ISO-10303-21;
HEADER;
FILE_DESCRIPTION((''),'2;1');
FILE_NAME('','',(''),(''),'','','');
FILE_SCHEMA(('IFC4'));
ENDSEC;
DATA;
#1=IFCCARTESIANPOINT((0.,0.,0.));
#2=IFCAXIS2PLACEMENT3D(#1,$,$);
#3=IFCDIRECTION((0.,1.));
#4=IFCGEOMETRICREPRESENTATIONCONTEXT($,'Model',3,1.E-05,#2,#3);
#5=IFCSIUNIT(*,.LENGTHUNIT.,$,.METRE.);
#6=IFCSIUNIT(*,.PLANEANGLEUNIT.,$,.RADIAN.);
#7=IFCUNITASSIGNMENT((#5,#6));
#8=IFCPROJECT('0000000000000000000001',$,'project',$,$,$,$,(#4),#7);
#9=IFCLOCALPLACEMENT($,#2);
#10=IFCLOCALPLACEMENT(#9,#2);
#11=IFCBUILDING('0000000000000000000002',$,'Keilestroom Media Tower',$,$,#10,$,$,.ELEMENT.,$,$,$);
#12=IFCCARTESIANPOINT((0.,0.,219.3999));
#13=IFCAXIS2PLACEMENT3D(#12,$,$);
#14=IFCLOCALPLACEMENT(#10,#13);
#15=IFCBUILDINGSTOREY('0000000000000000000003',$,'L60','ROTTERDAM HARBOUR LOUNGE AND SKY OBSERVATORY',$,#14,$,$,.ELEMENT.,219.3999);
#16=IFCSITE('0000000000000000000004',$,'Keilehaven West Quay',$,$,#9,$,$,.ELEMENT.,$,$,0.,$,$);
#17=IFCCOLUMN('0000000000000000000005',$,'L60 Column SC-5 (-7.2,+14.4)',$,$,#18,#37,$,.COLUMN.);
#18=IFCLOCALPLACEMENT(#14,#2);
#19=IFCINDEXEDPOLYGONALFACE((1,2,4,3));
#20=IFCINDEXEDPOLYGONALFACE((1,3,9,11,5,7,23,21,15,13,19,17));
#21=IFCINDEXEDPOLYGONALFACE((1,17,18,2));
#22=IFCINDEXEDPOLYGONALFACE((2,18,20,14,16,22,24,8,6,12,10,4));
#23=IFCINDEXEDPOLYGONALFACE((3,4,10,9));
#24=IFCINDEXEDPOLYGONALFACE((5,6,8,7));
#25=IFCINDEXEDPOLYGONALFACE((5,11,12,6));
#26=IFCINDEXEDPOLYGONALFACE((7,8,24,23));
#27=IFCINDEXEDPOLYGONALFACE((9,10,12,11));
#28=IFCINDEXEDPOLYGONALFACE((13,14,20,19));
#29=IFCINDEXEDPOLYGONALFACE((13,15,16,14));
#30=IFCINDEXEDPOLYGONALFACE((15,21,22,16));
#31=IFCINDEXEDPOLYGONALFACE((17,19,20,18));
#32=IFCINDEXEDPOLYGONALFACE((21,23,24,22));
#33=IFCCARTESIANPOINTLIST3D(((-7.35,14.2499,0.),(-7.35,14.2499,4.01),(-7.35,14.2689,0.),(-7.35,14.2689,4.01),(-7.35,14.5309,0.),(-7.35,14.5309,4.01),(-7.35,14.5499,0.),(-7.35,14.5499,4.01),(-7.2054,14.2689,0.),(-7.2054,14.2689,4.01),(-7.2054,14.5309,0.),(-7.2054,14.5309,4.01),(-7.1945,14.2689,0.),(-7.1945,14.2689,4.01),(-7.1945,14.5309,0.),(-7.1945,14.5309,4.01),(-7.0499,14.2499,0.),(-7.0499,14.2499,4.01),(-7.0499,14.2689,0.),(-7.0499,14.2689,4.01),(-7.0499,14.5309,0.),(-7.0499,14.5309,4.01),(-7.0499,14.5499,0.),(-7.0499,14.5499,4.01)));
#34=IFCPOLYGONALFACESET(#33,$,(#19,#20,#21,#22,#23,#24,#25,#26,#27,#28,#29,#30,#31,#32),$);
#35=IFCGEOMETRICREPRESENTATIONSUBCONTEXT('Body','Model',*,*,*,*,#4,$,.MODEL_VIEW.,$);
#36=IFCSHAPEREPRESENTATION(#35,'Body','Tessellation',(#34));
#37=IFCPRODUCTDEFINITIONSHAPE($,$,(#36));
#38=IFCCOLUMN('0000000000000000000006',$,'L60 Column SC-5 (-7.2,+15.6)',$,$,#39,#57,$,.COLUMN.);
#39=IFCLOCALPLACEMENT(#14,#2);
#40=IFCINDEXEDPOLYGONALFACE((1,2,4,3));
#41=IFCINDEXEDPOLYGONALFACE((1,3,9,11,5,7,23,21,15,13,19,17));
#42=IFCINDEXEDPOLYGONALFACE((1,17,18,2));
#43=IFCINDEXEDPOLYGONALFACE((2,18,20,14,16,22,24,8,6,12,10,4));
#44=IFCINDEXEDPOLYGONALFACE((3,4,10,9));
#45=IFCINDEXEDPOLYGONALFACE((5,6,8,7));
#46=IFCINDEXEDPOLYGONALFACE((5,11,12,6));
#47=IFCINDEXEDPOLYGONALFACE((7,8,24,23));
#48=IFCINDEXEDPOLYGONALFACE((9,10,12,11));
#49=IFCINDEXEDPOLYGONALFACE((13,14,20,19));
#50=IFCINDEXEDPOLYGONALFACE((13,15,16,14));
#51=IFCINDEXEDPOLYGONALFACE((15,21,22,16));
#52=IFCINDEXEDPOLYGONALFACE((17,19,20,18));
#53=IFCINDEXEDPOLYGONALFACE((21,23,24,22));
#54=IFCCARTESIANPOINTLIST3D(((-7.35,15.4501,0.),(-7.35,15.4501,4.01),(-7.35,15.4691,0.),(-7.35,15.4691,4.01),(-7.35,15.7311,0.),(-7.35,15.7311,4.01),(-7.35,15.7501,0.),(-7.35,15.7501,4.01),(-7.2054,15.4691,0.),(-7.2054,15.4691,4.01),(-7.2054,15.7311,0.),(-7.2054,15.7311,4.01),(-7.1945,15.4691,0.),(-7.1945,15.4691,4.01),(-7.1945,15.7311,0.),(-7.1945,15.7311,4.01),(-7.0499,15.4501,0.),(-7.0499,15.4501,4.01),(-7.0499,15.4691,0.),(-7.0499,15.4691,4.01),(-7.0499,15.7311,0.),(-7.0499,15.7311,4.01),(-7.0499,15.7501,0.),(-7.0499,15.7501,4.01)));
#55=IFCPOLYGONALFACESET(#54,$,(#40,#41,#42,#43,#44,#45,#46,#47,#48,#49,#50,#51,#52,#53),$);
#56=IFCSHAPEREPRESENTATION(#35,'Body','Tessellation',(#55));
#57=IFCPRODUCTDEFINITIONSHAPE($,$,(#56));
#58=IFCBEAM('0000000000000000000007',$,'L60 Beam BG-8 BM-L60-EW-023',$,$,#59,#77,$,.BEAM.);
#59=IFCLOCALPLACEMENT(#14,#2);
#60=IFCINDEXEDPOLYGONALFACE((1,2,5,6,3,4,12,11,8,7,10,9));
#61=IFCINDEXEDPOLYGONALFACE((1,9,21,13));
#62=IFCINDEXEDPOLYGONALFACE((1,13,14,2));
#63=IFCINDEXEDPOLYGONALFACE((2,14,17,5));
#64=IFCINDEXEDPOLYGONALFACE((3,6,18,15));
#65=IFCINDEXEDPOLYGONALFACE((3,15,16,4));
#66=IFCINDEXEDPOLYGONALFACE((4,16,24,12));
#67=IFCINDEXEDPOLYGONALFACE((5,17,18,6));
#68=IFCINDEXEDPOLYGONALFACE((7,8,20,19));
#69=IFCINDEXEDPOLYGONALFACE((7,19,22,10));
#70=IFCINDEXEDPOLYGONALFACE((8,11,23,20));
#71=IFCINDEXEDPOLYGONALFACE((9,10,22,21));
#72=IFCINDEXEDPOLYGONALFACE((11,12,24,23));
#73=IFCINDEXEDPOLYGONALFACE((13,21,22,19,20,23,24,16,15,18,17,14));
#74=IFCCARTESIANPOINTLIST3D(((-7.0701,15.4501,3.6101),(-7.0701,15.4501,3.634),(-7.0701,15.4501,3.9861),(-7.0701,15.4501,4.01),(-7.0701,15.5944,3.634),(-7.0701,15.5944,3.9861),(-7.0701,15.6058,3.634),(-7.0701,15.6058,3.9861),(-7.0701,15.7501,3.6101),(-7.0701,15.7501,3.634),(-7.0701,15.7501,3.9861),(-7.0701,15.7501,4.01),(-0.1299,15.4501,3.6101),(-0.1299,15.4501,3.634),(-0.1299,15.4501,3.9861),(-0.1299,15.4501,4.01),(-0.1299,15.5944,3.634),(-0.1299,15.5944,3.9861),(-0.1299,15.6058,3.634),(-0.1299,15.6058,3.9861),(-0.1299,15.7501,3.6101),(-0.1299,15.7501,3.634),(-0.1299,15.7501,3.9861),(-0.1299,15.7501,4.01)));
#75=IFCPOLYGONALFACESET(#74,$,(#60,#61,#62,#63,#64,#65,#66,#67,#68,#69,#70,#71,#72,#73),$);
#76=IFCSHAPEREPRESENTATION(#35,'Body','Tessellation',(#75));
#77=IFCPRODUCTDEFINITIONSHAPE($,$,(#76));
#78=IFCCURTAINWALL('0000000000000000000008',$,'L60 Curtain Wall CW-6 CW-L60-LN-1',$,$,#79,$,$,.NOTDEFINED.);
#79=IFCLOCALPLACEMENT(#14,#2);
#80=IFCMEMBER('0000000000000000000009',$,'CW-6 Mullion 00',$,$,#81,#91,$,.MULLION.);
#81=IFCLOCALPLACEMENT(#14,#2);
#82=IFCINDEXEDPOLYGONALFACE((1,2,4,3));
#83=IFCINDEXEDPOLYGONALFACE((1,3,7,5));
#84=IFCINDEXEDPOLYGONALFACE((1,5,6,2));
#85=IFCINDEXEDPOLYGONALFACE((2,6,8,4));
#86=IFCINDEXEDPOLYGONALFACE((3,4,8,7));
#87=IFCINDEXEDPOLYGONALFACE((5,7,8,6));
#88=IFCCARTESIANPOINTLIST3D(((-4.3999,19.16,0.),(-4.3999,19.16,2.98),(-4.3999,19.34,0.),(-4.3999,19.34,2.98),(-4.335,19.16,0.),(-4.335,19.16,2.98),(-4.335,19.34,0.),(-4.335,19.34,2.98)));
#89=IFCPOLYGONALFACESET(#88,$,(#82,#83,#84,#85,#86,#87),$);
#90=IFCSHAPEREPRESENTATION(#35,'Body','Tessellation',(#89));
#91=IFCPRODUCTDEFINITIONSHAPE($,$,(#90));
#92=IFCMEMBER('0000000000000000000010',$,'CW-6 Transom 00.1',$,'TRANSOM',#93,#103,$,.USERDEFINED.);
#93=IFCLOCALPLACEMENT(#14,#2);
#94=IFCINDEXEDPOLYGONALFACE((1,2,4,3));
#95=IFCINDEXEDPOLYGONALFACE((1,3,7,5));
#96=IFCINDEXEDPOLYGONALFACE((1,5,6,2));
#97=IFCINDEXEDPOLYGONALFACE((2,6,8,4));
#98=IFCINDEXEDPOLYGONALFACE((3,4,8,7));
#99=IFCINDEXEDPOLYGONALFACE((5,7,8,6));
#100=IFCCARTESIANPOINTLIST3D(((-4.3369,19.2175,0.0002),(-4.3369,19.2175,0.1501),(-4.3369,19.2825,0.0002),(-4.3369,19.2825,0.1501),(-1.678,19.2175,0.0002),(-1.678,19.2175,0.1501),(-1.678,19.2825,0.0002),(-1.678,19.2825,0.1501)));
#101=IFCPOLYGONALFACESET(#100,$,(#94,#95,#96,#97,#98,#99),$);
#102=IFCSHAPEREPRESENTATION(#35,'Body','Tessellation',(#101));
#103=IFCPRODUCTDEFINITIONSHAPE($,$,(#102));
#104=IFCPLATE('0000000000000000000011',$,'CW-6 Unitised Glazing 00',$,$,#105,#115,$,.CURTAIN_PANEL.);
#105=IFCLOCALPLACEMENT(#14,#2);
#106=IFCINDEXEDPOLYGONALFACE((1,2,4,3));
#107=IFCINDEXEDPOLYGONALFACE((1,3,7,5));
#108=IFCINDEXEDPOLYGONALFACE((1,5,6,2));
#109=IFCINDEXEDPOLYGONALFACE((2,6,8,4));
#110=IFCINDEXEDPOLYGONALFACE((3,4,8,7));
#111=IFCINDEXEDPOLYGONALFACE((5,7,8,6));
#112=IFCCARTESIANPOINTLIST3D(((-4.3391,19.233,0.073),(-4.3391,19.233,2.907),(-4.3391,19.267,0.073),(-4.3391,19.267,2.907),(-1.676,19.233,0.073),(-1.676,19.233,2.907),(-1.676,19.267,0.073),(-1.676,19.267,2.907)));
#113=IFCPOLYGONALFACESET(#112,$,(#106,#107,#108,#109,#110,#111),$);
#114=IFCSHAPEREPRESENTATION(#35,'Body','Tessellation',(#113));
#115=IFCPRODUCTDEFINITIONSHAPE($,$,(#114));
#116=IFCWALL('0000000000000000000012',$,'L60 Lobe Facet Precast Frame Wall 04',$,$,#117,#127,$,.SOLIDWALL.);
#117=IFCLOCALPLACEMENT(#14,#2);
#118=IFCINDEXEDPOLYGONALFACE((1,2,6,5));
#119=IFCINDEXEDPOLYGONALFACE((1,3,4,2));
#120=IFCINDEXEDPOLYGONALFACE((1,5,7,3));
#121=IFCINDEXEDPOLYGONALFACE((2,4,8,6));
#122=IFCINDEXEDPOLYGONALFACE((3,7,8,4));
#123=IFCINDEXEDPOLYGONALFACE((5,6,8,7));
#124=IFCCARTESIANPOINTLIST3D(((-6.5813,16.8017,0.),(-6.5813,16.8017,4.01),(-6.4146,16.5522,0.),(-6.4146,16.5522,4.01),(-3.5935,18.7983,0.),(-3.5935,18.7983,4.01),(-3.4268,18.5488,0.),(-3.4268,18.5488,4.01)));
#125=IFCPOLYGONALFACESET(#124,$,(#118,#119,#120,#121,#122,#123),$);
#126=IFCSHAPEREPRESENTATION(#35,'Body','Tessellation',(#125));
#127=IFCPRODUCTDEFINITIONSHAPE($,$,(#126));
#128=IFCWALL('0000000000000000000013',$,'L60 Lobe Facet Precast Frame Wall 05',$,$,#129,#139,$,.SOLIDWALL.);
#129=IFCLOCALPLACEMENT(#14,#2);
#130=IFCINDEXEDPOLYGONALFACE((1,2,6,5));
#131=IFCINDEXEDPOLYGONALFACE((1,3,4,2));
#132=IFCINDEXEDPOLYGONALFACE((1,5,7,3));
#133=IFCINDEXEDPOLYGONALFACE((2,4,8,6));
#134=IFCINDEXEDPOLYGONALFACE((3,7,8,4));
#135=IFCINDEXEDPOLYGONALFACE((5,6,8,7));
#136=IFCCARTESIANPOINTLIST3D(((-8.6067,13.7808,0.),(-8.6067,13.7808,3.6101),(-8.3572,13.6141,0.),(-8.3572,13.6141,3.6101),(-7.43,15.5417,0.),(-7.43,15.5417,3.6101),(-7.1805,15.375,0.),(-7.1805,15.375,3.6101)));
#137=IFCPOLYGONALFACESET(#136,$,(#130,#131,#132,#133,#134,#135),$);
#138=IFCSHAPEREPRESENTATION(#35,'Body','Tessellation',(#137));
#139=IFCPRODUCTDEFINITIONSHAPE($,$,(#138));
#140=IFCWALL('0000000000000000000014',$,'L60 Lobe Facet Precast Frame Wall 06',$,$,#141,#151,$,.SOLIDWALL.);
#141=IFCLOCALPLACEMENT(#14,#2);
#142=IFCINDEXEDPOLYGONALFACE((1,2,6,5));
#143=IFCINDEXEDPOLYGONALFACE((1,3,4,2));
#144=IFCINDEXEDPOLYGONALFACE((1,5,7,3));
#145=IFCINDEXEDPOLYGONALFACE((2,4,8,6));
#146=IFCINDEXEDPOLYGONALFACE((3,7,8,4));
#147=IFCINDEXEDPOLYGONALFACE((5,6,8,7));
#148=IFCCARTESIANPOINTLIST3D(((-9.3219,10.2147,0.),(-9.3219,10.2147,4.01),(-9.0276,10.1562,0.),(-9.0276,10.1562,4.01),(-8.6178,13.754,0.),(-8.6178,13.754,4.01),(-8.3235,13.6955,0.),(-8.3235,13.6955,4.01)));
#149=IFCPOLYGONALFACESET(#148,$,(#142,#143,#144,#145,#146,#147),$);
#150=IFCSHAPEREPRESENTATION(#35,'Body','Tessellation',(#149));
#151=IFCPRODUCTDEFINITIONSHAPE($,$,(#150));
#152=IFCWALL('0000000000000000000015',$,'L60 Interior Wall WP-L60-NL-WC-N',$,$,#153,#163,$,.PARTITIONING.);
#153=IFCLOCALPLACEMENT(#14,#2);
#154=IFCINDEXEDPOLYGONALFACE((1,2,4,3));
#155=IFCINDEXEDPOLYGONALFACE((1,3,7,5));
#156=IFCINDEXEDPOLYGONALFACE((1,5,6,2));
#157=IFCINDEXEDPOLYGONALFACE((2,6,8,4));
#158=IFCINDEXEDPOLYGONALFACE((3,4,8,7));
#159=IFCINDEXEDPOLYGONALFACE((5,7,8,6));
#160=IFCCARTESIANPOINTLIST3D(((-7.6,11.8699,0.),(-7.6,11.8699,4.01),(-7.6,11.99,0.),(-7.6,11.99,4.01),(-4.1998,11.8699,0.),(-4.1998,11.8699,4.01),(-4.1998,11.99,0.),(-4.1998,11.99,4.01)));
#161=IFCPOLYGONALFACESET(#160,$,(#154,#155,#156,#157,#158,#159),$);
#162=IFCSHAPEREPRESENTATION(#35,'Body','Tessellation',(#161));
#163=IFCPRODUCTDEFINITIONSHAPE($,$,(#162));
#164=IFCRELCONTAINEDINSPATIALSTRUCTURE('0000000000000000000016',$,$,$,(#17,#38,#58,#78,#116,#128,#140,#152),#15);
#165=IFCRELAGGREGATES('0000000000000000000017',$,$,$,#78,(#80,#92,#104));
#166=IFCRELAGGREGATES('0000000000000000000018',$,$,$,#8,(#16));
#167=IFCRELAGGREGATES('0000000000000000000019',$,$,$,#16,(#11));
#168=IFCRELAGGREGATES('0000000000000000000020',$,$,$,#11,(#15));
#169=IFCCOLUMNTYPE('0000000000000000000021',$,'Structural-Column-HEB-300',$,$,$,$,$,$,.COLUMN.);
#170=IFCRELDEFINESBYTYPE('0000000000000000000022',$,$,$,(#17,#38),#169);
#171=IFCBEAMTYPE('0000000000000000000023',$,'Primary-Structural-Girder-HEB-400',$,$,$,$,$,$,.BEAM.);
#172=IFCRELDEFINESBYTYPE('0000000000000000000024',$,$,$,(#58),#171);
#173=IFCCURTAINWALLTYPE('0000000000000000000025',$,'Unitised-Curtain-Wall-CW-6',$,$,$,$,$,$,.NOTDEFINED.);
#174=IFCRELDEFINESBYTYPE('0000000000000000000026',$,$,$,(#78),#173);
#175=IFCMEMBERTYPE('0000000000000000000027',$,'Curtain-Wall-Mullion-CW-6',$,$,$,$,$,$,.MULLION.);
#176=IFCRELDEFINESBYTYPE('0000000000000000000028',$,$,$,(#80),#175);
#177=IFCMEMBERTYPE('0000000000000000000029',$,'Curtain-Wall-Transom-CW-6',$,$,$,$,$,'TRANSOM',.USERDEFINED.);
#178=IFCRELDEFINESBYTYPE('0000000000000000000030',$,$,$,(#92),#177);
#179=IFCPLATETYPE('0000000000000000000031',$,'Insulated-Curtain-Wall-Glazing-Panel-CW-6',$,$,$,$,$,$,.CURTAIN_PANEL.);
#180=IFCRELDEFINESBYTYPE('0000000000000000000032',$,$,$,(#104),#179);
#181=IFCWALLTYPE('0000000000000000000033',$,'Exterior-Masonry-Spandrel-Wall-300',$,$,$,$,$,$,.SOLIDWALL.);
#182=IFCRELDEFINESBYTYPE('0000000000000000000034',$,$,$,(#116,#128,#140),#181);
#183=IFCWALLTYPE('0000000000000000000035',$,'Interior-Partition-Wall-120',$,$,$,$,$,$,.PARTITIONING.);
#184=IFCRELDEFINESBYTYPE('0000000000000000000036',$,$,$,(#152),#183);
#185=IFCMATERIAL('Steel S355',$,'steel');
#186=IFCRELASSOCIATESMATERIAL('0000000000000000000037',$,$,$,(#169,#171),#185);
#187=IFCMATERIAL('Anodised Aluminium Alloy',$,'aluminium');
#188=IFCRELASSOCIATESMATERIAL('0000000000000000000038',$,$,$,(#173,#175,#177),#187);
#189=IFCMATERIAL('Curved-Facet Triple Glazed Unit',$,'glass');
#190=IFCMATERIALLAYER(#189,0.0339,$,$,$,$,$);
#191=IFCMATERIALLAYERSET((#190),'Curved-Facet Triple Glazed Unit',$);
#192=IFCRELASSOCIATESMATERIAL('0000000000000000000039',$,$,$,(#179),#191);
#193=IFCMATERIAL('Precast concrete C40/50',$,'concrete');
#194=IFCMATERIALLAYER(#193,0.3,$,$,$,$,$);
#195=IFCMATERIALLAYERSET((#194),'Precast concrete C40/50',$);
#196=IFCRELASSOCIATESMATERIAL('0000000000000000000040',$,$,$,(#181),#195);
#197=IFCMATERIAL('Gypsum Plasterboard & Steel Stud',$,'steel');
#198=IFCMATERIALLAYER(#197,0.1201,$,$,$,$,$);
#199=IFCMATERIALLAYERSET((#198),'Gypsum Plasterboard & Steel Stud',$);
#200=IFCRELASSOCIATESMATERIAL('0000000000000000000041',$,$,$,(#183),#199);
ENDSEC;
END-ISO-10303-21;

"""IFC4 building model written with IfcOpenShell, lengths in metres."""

from ifc_helpers import new_model, si_unit, direction, frame, frame_2d, origin, origin_2d, place, context, subcontext, project, spatial, rectangle, i_section, extrude, source, transform, mapped, material, layer, layer_set, material_profile, profile_set, type_object, element, aggregate, save


model = new_model("IFC4")

# Units and contexts
model_context = context("Model", 3, precision=1e-05, world=origin(), true_north=direction((0.0, 1.0)))
body_context = subcontext(model_context, "Body", "Model", "MODEL_VIEW")
ifc_project = project(units=[si_unit("LENGTHUNIT", "METRE"), si_unit("PLANEANGLEUNIT", "RADIAN")], contexts=[model_context])

# Site, building, storey
site_placement = place(None, origin())
site = spatial("IfcSite", under=ifc_project, at=site_placement, Name="Keilehaven West Quay", CompositionType="ELEMENT", RefElevation=0.0)
building_placement = place(site_placement, origin())
building = spatial("IfcBuilding", under=site, at=building_placement, Name="Keilestroom Media Tower", CompositionType="ELEMENT")
storey_placement = place(building_placement, frame((0.0, 0.0, 219.3999)))
storey = spatial("IfcBuildingStorey", under=building, at=storey_placement, Name="L60", Description="ROTTERDAM HARBOUR LOUNGE AND SKY OBSERVATORY", CompositionType="ELEMENT", Elevation=219.3999)

# Columns
ifc_material_1 = material(Name="Steel S355", Category="steel")
ifc_material_profile_1 = material_profile(ifc_material_1, i_section(OverallWidth=0.3, OverallDepth=0.3, WebThickness=0.011, FlangeThickness=0.019, at=origin_2d()), Name="HEB 300")
ifc_profile_set_1 = profile_set([ifc_material_profile_1], Name="Steel S355")
column_type = type_object("IfcColumnType", Name="Structural-Column-HEB-300", PredefinedType="COLUMN", material=ifc_profile_set_1)
shared_shape_1 = source(origin(), body_context, "Body", "SweptSolid", [
    extrude(i_section(OverallWidth=0.3, OverallDepth=0.3, WebThickness=0.011, FlangeThickness=0.019, at=origin_2d()), origin(), (0.0, 0.0, 1.0), 4.01),
])
for number, where, z_axis, x_axis, name in (
    (1, (-7.2, 14.3999, 0.0), (0.0, 0.0, 1.0), (1.0, 0.0, 0.0), "L60 Column SC-5 (-7.2,+14.4)"),
    (2, (-7.2, 15.6001, 0.0), (0.0, 0.0, 1.0), (1.0, 0.0, 0.0), "L60 Column SC-5 (-7.2,+15.6)"),
):
    element("IfcColumn", number, at=place(storey_placement, frame(where, z_axis=z_axis, x_axis=x_axis)), inside=storey, type_object=column_type, Name=name, PredefinedType="COLUMN", context=body_context, shape_type="MappedRepresentation", body=[
        mapped(shared_shape_1, transform((0.0, 0.0, 0.0), x_axis=(1.0, 0.0, 0.0), y_axis=(0.0, 1.0, 0.0), z_axis=(0.0, 0.0, 1.0), scale=1.0)),
    ])

# Beam
ifc_material_profile_2 = material_profile(ifc_material_1, i_section(OverallWidth=0.3, OverallDepth=0.3999, WebThickness=0.0115, FlangeThickness=0.0239, at=origin_2d()), Name="HEB 400")
ifc_profile_set_2 = profile_set([ifc_material_profile_2], Name="Steel S355")
beam_type = type_object("IfcBeamType", Name="Primary-Structural-Girder-HEB-400", PredefinedType="BEAM", material=ifc_profile_set_2)
shared_shape_2 = source(origin(), body_context, "Body", "SweptSolid", [
    extrude(i_section(OverallWidth=0.3, OverallDepth=0.3999, WebThickness=0.0115, FlangeThickness=0.0239, at=origin_2d()), origin(), (0.0, 0.0, 1.0), 6.9402),
])
beam_placement = place(storey_placement, frame((-7.0701, 15.6001, 3.8101), z_axis=(1.0, 0.0, 0.0), x_axis=(0.0, 1.0, 0.0)))
element("IfcBeam", 3, at=beam_placement, inside=storey, type_object=beam_type, Name="L60 Beam BG-8 BM-L60-EW-023", PredefinedType="BEAM", context=body_context, shape_type="MappedRepresentation", body=[
    mapped(shared_shape_2, transform((0.0, 0.0, 0.0), x_axis=(1.0, 0.0, 0.0), y_axis=(0.0, 1.0, 0.0), z_axis=(0.0, 0.0, 1.0), scale=1.0)),
])

# Curtain wall, members, plate
ifc_material_2 = material(Name="Anodised Aluminium Alloy", Category="aluminium")
curtain_wall_type = type_object("IfcCurtainWallType", Name="Unitised-Curtain-Wall-CW-6", PredefinedType="NOTDEFINED", material=ifc_material_2)
curtain_wall_placement = place(storey_placement, origin())
curtain_wall = element("IfcCurtainWall", 4, at=curtain_wall_placement, inside=storey, type_object=curtain_wall_type, Name="L60 Curtain Wall CW-6 CW-L60-LN-1", PredefinedType="NOTDEFINED")
ifc_material_profile_3 = material_profile(ifc_material_2, rectangle(XDim=0.0649, YDim=0.1799, at=origin_2d()), Name="ALU MULLION 65x180")
ifc_profile_set_3 = profile_set([ifc_material_profile_3], Name="Anodised Aluminium Alloy")
member_type_1 = type_object("IfcMemberType", Name="Curtain-Wall-Mullion-CW-6", PredefinedType="MULLION", material=ifc_profile_set_3)
shared_shape_3 = source(origin(), body_context, "Body", "SweptSolid", [
    extrude(rectangle(XDim=0.0649, YDim=0.1799, at=origin_2d()), origin(), (0.0, 0.0, 1.0), 2.98),
])
member_1_placement = place(storey_placement, frame((-4.3674, 19.25, 0.0), z_axis=(0.0, 0.0, 1.0), x_axis=(1.0, 0.0, 0.0)))
member_1 = element("IfcMember", 5, at=member_1_placement, type_object=member_type_1, Name="CW-6 Mullion 00", PredefinedType="MULLION", context=body_context, shape_type="MappedRepresentation", body=[
    mapped(shared_shape_3, transform((0.0, 0.0, 0.0), x_axis=(1.0, 0.0, 0.0), y_axis=(0.0, 1.0, 0.0), z_axis=(0.0, 0.0, 1.0), scale=1.0)),
])
ifc_material_profile_4 = material_profile(ifc_material_2, rectangle(XDim=0.0649, YDim=0.1499, at=origin_2d()), Name="ALU TRANSOM 65x150")
ifc_profile_set_4 = profile_set([ifc_material_profile_4], Name="Anodised Aluminium Alloy")
member_type_2 = type_object("IfcMemberType", Name="Curtain-Wall-Transom-CW-6", ElementType="TRANSOM", PredefinedType="USERDEFINED", material=ifc_profile_set_4)
shared_shape_4 = source(origin(), body_context, "Body", "SweptSolid", [
    extrude(rectangle(XDim=0.0649, YDim=0.1499, at=origin_2d()), origin(), (0.0, 0.0, 1.0), 2.6589),
])
member_2_placement = place(storey_placement, frame((-4.3369, 19.25, 0.0752), z_axis=(1.0, 0.0, 0.0), x_axis=(0.0, 1.0, 0.0)))
member_2 = element("IfcMember", 6, at=member_2_placement, type_object=member_type_2, Name="CW-6 Transom 00.1", ObjectType="TRANSOM", PredefinedType="USERDEFINED", context=body_context, shape_type="MappedRepresentation", body=[
    mapped(shared_shape_4, transform((0.0, 0.0, 0.0), x_axis=(1.0, 0.0, 0.0), y_axis=(0.0, 1.0, 0.0), z_axis=(0.0, 0.0, 1.0), scale=1.0)),
])
ifc_material_3 = material(Name="Curved-Facet Triple Glazed Unit", Category="glass")
ifc_layer_1 = layer(ifc_material_3, 0.0339)
ifc_layer_set_1 = layer_set([ifc_layer_1], Name="Curved-Facet Triple Glazed Unit")
plate_type = type_object("IfcPlateType", Name="Insulated-Curtain-Wall-Glazing-Panel-CW-6", PredefinedType="CURTAIN_PANEL", material=ifc_layer_set_1)
shared_shape_5 = source(origin(), body_context, "Body", "SweptSolid", [
    extrude(rectangle(XDim=2.6631, YDim=0.0339, at=origin_2d()), origin(), (0.0, 0.0, 1.0), 2.834),
])
plate_placement = place(storey_placement, frame((-3.0076, 19.25, 0.073), z_axis=(0.0, 0.0, 1.0), x_axis=(1.0, 0.0, 0.0)))
plate = element("IfcPlate", 7, at=plate_placement, type_object=plate_type, Name="CW-6 Unitised Glazing 00", PredefinedType="CURTAIN_PANEL", context=body_context, shape_type="MappedRepresentation", body=[
    mapped(shared_shape_5, transform((0.0, 0.0, 0.0), x_axis=(1.0, 0.0, 0.0), y_axis=(0.0, 1.0, 0.0), z_axis=(0.0, 0.0, 1.0), scale=1.0)),
])
aggregate(curtain_wall, [member_1, member_2, plate])

# Walls
ifc_material_4 = material(Name="Precast concrete C40/50", Category="concrete")
ifc_layer_2 = layer(ifc_material_4, 0.3)
ifc_layer_set_2 = layer_set([ifc_layer_2], Name="Precast concrete C40/50")
wall_type_1 = type_object("IfcWallType", Name="Exterior-Masonry-Spandrel-Wall-300", PredefinedType="SOLIDWALL", material=ifc_layer_set_2)
wall_1_placement = place(storey_placement, frame((-3.51, 18.6736, 0.0), z_axis=(0.0, 0.0, 1.0), x_axis=(-0.831444, -0.555609, 0.0)))
element("IfcWall", 8, at=wall_1_placement, inside=storey, type_object=wall_type_1, Name="L60 Lobe Facet Precast Frame Wall 04", PredefinedType="SOLIDWALL", context=body_context, shape_type="SweptSolid", body=[
    extrude(rectangle(XDim=3.5935, YDim=0.3, at=frame_2d((1.7969, 0.0))), origin(), (0.0, 0.0, 1.0), 4.01),
])
wall_2_placement = place(storey_placement, frame((-7.3052, 15.4585, 0.0), z_axis=(0.0, 0.0, 1.0), x_axis=(-0.555604, -0.831447, 0.0)))
element("IfcWall", 9, at=wall_2_placement, inside=storey, type_object=wall_type_1, Name="L60 Lobe Facet Precast Frame Wall 05", PredefinedType="SOLIDWALL", context=body_context, shape_type="SweptSolid", body=[
    extrude(rectangle(XDim=2.1179, YDim=0.3, at=frame_2d((1.0591, 0.0))), origin(), (0.0, 0.0, 1.0), 3.6101),
])
wall_3_placement = place(storey_placement, frame((-8.4707, 13.7246, 0.0), z_axis=(0.0, 0.0, 1.0), x_axis=(-0.195114, -0.980781, 0.0)))
element("IfcWall", 10, at=wall_3_placement, inside=storey, type_object=wall_type_1, Name="L60 Lobe Facet Precast Frame Wall 06", PredefinedType="SOLIDWALL", context=body_context, shape_type="SweptSolid", body=[
    extrude(rectangle(XDim=3.6086, YDim=0.3, at=frame_2d((1.8042, 0.0))), origin(), (0.0, 0.0, 1.0), 4.01),
])
ifc_material_5 = material(Name="Gypsum Plasterboard & Steel Stud", Category="steel")
ifc_layer_3 = layer(ifc_material_5, 0.1201)
ifc_layer_set_3 = layer_set([ifc_layer_3], Name="Gypsum Plasterboard & Steel Stud")
wall_type_2 = type_object("IfcWallType", Name="Interior-Partition-Wall-120", PredefinedType="PARTITIONING", material=ifc_layer_set_3)
wall_4_placement = place(storey_placement, frame((-7.6001, 11.9299, 0.0), z_axis=(0.0, 0.0, 1.0), x_axis=(1.0, 0.0, 0.0)))
element("IfcWall", 11, at=wall_4_placement, inside=storey, type_object=wall_type_2, Name="L60 Interior Wall WP-L60-NL-WC-N", PredefinedType="PARTITIONING", context=body_context, shape_type="SweptSolid", body=[
    extrude(rectangle(XDim=3.4001, YDim=0.1201, at=frame_2d((1.7002, 0.0))), origin(), (0.0, 0.0, 1.0), 4.01),
])

save(model, "model.ifc")
